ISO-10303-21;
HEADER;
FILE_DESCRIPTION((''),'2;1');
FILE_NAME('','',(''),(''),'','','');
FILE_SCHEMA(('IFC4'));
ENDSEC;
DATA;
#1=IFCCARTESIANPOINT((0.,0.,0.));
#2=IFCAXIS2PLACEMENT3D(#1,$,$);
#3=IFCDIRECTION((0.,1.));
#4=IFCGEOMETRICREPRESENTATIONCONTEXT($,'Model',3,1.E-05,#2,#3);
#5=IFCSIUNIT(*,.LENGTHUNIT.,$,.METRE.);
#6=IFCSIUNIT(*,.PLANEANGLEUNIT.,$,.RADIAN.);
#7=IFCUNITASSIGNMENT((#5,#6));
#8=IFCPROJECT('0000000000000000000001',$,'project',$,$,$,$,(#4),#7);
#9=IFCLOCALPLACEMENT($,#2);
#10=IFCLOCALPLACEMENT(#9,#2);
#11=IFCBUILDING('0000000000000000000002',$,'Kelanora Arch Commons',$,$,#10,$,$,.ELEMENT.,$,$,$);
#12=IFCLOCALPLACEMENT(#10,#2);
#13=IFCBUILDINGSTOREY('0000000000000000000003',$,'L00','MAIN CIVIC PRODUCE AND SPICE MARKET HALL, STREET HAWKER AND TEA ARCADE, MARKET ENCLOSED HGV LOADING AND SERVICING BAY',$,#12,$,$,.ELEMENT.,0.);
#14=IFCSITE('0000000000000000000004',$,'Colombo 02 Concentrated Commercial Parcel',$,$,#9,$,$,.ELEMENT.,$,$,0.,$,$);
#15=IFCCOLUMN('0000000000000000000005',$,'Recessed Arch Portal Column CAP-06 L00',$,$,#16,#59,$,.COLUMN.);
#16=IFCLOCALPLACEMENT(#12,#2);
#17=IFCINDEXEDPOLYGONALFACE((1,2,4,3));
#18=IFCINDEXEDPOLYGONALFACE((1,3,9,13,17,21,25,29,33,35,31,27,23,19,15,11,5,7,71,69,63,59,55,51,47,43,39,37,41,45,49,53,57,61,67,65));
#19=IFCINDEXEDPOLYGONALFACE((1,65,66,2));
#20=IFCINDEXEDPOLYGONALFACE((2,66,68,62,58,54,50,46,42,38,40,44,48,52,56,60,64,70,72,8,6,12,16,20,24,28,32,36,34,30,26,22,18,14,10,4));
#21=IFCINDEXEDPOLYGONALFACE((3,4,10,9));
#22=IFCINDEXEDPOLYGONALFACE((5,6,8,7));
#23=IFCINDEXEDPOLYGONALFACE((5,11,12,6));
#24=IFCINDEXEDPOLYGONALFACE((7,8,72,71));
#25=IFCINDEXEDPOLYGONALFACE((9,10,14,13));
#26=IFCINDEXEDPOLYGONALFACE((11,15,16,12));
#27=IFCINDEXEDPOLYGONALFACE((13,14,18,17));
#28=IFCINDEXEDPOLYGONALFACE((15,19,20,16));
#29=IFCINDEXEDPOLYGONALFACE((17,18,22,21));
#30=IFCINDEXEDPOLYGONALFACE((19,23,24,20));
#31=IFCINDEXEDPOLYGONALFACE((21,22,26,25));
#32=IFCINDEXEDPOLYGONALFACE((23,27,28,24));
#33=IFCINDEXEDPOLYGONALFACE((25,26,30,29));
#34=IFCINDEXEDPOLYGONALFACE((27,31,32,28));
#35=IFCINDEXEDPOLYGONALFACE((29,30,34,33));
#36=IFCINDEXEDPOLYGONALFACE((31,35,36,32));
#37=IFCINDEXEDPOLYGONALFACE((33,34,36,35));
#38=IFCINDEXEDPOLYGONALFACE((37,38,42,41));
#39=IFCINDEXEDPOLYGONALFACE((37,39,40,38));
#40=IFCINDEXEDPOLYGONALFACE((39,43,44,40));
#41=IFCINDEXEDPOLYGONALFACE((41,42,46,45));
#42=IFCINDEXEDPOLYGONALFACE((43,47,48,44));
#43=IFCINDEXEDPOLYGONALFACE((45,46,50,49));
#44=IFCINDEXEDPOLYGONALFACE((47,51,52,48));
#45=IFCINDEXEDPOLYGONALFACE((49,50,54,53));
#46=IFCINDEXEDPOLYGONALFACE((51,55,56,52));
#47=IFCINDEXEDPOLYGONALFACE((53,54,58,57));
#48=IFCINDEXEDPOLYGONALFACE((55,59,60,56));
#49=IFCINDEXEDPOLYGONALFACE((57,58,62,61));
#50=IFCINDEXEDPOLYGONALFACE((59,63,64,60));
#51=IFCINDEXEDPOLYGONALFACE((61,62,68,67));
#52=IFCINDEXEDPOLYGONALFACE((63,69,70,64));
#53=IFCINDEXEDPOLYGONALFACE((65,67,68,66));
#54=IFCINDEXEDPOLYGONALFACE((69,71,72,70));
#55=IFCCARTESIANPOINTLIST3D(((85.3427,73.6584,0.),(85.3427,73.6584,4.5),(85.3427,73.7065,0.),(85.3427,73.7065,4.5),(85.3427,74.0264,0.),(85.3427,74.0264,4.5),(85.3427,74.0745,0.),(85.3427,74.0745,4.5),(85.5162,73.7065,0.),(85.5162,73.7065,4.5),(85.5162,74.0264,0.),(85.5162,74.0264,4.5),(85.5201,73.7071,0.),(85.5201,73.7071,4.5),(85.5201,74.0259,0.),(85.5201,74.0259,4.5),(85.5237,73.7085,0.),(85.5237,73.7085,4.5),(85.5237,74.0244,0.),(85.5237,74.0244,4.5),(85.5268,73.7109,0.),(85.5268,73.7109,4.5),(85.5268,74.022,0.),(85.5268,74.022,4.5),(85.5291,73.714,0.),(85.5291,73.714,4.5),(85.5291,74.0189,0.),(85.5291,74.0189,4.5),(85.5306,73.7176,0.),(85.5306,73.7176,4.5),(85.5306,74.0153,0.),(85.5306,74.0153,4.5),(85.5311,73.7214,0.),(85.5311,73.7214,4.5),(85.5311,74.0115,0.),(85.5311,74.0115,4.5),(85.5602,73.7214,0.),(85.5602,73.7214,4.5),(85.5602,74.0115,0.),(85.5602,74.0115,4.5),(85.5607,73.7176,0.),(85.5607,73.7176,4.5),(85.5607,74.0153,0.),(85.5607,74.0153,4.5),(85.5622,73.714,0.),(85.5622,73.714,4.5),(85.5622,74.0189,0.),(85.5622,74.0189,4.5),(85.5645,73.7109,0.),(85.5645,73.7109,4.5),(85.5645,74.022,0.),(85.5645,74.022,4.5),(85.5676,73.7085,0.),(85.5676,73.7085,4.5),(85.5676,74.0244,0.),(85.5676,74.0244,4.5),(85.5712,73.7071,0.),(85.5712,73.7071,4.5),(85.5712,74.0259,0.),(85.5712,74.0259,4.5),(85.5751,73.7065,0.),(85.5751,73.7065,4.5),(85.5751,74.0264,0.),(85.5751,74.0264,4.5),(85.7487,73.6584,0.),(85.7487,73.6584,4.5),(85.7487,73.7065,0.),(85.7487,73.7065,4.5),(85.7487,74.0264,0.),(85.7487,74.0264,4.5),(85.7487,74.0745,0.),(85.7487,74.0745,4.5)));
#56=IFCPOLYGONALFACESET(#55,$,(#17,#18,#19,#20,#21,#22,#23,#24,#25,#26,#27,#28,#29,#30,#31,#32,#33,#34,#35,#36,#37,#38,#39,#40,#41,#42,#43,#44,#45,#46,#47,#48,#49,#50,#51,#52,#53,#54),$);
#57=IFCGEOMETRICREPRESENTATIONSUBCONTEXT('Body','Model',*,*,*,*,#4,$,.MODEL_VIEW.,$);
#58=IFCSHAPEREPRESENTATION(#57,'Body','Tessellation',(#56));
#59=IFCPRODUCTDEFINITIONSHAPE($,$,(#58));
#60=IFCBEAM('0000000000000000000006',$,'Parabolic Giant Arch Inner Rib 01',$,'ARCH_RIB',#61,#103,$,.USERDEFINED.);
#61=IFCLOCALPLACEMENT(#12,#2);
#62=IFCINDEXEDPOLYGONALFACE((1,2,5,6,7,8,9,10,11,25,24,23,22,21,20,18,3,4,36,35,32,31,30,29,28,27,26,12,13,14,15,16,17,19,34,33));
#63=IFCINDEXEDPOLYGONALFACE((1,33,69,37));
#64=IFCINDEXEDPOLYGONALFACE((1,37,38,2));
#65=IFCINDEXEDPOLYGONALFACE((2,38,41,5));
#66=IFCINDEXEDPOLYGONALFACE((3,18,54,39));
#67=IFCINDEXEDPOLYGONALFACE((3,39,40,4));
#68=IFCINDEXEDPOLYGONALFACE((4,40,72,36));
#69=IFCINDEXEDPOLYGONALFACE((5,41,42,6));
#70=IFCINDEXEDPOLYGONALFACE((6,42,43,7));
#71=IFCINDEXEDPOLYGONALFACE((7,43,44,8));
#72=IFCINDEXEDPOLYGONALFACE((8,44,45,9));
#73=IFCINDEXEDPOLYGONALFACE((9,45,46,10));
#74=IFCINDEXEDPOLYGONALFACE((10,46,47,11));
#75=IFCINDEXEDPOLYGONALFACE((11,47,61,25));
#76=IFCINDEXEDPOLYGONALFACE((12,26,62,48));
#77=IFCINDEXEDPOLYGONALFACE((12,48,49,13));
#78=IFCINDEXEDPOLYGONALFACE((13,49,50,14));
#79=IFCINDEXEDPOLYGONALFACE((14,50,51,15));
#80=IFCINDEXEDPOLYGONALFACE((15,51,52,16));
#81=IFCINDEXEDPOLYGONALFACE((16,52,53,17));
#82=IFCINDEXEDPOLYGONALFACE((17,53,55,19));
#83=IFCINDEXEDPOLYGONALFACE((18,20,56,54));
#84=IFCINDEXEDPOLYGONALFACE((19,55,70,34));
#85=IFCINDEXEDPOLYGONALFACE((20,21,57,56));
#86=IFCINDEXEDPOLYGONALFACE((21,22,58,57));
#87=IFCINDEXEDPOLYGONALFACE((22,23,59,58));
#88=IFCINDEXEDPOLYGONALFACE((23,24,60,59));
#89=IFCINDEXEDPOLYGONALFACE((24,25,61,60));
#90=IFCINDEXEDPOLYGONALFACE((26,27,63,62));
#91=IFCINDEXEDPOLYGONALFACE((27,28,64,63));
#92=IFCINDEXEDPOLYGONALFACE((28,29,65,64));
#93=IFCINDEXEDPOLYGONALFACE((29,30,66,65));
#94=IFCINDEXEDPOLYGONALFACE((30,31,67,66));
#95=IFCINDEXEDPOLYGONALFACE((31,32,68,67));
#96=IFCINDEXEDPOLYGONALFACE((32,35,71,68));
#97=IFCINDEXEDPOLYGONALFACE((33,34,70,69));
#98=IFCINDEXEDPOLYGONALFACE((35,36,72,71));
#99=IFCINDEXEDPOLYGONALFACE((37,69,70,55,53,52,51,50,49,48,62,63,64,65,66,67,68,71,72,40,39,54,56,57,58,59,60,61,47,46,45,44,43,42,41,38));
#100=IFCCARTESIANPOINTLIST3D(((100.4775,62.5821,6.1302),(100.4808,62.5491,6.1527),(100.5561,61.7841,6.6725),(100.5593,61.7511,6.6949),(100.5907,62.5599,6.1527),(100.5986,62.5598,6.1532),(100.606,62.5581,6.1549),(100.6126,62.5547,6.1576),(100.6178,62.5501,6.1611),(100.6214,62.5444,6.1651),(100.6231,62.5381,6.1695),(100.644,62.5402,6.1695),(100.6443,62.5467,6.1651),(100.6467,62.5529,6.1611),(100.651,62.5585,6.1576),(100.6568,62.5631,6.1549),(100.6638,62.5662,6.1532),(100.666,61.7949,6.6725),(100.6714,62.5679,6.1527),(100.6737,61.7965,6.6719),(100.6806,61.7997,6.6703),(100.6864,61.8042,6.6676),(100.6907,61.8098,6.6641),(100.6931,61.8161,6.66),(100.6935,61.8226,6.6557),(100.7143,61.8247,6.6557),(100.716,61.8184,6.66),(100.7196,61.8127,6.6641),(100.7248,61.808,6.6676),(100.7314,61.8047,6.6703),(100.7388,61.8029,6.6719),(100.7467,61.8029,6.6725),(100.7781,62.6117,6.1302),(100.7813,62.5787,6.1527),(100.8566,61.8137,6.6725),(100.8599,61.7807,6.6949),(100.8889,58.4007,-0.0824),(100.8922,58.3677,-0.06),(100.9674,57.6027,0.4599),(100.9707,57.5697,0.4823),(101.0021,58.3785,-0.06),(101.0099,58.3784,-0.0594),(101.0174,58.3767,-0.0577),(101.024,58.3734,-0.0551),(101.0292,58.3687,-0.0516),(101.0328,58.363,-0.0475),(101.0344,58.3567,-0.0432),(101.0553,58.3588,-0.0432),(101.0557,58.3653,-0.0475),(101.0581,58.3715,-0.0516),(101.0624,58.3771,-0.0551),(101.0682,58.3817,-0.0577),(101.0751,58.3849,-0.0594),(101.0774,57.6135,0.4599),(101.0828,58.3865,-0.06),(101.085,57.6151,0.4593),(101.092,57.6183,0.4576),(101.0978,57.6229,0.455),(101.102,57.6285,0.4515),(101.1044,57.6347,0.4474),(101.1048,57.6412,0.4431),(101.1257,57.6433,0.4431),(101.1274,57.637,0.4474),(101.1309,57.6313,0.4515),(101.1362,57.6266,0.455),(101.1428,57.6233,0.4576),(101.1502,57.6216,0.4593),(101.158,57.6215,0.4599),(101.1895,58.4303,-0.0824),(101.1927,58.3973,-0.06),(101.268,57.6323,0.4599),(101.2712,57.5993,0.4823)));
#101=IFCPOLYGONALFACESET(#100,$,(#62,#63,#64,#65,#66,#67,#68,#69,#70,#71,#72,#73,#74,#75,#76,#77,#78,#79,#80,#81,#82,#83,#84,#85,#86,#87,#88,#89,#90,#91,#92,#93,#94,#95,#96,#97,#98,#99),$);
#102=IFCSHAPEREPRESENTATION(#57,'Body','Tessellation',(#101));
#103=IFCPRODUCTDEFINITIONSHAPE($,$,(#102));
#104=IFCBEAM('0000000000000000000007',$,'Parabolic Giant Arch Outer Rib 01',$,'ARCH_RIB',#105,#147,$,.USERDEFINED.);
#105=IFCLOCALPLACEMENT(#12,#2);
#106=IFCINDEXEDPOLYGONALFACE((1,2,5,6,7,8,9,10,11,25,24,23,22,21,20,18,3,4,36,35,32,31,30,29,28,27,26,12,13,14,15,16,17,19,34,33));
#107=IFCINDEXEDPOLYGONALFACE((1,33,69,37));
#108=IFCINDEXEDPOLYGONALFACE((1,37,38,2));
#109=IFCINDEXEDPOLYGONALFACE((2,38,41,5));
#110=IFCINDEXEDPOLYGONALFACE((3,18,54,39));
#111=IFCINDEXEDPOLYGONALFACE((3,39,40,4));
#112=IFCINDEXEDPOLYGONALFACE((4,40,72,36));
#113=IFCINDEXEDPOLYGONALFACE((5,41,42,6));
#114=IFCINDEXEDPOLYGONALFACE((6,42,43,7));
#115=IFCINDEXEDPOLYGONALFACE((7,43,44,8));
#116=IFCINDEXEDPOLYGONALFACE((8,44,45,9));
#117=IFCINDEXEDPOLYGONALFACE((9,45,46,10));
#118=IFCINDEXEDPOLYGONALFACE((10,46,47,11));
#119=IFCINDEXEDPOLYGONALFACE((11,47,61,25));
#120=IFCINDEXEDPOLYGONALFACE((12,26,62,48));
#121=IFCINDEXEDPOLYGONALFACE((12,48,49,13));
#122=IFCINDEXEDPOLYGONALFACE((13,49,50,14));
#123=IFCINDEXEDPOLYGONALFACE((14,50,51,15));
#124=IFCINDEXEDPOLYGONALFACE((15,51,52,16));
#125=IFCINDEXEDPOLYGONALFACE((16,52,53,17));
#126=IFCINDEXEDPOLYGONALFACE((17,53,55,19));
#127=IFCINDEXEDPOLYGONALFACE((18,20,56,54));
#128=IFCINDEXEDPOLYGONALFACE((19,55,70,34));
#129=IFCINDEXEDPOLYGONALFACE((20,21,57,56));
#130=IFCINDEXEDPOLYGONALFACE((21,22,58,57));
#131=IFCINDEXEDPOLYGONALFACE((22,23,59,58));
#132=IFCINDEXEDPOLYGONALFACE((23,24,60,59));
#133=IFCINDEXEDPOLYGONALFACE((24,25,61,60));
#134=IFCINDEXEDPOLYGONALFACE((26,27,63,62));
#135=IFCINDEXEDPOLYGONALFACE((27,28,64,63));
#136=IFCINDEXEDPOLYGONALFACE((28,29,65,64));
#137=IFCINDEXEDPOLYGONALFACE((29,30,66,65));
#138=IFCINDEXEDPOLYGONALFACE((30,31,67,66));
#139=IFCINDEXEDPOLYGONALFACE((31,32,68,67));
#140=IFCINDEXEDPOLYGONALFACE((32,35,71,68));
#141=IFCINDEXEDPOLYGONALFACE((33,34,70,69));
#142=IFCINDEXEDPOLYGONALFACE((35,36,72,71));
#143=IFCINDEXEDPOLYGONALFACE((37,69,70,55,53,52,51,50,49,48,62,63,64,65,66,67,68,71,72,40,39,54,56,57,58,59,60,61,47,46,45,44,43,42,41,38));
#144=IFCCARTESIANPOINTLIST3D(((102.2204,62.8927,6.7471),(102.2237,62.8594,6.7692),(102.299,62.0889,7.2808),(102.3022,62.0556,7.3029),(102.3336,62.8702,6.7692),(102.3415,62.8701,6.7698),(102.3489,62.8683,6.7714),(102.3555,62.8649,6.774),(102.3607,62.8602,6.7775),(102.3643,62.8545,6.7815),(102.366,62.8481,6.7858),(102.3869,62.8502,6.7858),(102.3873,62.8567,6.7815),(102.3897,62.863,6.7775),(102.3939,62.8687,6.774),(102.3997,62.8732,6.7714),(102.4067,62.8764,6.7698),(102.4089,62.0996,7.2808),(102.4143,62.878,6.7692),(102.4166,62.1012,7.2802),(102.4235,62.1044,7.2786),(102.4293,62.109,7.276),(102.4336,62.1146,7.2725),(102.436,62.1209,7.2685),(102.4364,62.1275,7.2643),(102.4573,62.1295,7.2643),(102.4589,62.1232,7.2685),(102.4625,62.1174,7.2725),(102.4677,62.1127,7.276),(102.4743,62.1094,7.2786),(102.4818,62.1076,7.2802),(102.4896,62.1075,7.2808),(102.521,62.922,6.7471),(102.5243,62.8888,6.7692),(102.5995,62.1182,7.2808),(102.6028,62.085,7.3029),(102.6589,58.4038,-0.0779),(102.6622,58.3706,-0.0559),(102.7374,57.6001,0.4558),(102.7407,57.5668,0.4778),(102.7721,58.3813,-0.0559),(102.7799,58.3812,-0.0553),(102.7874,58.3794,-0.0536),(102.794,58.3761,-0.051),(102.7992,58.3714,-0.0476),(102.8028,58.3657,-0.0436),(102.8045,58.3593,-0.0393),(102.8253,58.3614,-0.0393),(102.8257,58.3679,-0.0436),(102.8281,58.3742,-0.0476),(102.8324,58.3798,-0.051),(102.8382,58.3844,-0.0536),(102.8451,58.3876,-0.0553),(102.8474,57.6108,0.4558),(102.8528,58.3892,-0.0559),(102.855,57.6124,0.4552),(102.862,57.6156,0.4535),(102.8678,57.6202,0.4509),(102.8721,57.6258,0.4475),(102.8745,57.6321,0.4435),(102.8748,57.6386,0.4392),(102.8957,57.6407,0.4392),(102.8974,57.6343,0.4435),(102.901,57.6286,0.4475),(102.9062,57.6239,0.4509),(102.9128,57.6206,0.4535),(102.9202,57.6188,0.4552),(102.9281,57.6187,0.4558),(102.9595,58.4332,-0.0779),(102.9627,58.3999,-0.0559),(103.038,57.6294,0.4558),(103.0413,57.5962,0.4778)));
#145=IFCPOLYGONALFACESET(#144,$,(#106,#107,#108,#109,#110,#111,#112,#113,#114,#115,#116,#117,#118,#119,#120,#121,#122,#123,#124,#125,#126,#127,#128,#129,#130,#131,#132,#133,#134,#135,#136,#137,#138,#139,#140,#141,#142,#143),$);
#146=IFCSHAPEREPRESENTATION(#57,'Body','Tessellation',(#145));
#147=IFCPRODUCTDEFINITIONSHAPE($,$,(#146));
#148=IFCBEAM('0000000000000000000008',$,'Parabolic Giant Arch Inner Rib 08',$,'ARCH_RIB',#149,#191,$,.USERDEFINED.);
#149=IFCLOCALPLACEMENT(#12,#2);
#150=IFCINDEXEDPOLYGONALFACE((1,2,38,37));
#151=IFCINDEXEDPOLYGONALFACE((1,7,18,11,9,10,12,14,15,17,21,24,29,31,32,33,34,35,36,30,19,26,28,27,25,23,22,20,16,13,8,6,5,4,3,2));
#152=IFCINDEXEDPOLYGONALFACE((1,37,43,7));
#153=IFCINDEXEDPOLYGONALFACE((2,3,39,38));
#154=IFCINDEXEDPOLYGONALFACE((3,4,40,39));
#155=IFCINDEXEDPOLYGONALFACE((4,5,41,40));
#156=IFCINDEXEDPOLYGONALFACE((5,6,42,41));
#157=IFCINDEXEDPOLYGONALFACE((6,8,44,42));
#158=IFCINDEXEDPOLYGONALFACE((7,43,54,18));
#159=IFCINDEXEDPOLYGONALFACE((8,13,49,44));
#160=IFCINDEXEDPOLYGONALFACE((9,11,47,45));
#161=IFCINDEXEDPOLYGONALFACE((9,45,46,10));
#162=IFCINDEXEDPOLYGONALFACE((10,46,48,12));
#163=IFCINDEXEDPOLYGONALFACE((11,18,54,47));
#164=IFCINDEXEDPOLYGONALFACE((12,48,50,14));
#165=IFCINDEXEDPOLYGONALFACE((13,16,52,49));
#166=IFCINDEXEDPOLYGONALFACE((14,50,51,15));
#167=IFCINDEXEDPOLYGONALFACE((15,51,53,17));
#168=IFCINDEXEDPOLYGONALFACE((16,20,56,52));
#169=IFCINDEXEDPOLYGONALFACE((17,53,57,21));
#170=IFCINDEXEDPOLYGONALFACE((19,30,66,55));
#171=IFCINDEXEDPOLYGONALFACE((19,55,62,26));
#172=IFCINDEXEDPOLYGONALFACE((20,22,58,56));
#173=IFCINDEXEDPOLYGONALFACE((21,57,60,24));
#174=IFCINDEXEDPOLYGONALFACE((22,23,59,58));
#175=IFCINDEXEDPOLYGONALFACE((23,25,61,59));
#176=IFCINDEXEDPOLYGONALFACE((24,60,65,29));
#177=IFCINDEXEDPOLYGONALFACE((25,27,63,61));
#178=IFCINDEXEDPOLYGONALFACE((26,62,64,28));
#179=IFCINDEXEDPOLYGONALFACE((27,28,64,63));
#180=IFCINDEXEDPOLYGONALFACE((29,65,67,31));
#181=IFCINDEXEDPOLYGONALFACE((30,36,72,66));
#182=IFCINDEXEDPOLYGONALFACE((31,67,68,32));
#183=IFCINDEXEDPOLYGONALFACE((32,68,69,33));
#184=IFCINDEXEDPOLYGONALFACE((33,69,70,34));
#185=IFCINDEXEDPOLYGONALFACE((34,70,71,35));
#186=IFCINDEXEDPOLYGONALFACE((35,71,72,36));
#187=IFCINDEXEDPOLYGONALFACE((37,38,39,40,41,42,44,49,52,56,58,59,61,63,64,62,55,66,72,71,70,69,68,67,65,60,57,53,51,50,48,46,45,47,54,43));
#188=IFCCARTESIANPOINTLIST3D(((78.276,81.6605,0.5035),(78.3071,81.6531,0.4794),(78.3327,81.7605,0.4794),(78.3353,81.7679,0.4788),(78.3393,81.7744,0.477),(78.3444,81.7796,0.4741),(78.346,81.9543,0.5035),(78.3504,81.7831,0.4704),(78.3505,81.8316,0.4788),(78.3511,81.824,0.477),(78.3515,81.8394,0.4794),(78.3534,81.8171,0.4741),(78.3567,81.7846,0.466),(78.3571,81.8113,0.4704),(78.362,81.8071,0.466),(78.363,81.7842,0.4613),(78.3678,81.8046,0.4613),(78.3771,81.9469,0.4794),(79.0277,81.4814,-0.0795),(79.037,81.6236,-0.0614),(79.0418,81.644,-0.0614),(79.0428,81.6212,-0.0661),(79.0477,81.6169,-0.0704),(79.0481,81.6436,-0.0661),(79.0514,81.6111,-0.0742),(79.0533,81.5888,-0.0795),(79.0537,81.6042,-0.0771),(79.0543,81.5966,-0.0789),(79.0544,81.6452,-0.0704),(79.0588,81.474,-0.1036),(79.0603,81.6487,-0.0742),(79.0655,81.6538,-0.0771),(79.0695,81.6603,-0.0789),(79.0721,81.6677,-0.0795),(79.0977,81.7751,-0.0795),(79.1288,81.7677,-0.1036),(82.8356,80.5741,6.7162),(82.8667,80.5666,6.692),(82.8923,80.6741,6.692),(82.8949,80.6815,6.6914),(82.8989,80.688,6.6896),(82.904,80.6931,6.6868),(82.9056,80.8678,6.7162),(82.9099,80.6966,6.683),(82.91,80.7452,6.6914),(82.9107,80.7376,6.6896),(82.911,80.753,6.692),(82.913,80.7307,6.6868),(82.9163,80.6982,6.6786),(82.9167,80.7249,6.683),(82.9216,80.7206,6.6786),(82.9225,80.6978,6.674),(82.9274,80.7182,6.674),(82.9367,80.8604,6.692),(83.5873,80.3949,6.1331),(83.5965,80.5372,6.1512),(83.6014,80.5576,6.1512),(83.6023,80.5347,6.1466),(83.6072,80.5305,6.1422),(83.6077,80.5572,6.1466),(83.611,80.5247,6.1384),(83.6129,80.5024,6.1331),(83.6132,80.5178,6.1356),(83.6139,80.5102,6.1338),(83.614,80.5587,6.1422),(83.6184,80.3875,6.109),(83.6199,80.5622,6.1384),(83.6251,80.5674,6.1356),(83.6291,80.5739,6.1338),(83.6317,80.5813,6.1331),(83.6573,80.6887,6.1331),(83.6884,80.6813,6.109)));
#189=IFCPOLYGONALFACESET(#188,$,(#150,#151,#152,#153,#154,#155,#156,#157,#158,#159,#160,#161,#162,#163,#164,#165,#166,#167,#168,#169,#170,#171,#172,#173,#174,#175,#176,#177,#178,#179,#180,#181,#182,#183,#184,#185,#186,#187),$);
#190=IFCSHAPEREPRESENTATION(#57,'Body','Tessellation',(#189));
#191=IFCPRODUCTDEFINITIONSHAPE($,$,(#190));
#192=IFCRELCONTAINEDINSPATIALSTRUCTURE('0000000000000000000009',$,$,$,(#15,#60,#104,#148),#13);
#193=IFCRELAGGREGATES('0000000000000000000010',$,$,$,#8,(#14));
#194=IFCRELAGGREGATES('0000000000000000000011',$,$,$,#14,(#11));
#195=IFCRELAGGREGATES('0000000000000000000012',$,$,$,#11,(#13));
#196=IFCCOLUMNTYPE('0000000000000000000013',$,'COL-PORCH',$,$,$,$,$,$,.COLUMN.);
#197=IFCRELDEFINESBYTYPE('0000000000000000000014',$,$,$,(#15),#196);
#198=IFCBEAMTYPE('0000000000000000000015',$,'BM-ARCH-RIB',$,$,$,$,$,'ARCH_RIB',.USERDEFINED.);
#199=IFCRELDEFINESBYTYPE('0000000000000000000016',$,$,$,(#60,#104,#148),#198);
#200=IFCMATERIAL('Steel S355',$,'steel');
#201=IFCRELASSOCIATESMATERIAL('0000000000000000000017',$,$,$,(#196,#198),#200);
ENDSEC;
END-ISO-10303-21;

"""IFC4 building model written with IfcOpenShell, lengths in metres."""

from ifc_helpers import new_model, si_unit, direction, frame, origin, origin_2d, place, context, subcontext, project, spatial, i_section, extrude, material, material_profile, profile_set, type_object, element, save


model = new_model("IFC4")

# Units and contexts
model_context = context("Model", 3, precision=1e-05, world=origin(), true_north=direction((0.0, 1.0)))
body_context = subcontext(model_context, "Body", "Model", "MODEL_VIEW")
ifc_project = project(units=[si_unit("LENGTHUNIT", "METRE"), si_unit("PLANEANGLEUNIT", "RADIAN")], contexts=[model_context])

# Site, building, storey
site_placement = place(None, origin())
site = spatial("IfcSite", under=ifc_project, at=site_placement, Name="Colombo 02 Concentrated Commercial Parcel", CompositionType="ELEMENT", RefElevation=0.0)
building_placement = place(site_placement, origin())
building = spatial("IfcBuilding", under=site, at=building_placement, Name="Kelanora Arch Commons", CompositionType="ELEMENT")
storey_placement = place(building_placement, origin())
storey = spatial("IfcBuildingStorey", under=building, at=storey_placement, Name="L00", Description="MAIN CIVIC PRODUCE AND SPICE MARKET HALL, STREET HAWKER AND TEA ARCADE, MARKET ENCLOSED HGV LOADING AND SERVICING BAY", CompositionType="ELEMENT", Elevation=0.0)

# Column
ifc_material_1 = material(Name="Steel S355", Category="steel")
ifc_material_profile_1 = material_profile(ifc_material_1, i_section(OverallWidth=0.406, OverallDepth=0.416, WebThickness=0.0291, FlangeThickness=0.0481, FilletRadius=0.0149, at=origin_2d()), Name="HD400x382")
ifc_profile_set_1 = profile_set([ifc_material_profile_1], Name="Steel S355")
column_type_1 = type_object("IfcColumnType", Name="COL-PORCH", PredefinedType="COLUMN", material=ifc_profile_set_1)
for number, where, z_axis, x_axis, name in (
    (1, (85.5457, 73.8665, 0.0), (0.0, 0.0, 1.0), (1.0, 0.0, 0.0), "Recessed Arch Portal Column CAP-06 L00"),
):
    element("IfcColumn", number, at=place(storey_placement, frame(where, z_axis=z_axis, x_axis=x_axis)), inside=storey, type_object=column_type_1, Name=name, PredefinedType="COLUMN", context=body_context, shape_type="SweptSolid", body=[
        extrude(i_section(OverallWidth=0.406, OverallDepth=0.416, WebThickness=0.0291, FlangeThickness=0.0481, FilletRadius=0.0149, at=origin_2d()), origin(), (0.0, 0.0, 1.0), 4.5),
    ])

# Beams
ifc_material_profile_2 = material_profile(ifc_material_1, i_section(OverallWidth=0.302, OverallDepth=1.0081, WebThickness=0.021, FlangeThickness=0.04, FilletRadius=0.03, at=origin_2d()), Name="HEM1000")
ifc_profile_set_2 = profile_set([ifc_material_profile_2], Name="Steel S355")
beam_type_1 = type_object("IfcBeamType", Name="BM-ARCH-RIB", ElementType="ARCH_RIB", PredefinedType="USERDEFINED", material=ifc_profile_set_2)
beam_1_placement = place(storey_placement, frame((101.0801, 58.0, 0.2), z_axis=(-0.05485, 0.557518, 0.828351), x_axis=(-0.995195, -0.09791, 0.0)))
element("IfcBeam", 2, at=beam_1_placement, inside=storey, type_object=beam_type_1, Name="Parabolic Giant Arch Inner Rib 01", ObjectType="ARCH_RIB", PredefinedType="USERDEFINED", context=body_context, shape_type="SweptSolid", body=[
    extrude(i_section(OverallWidth=0.302, OverallDepth=1.0081, WebThickness=0.021, FlangeThickness=0.04, FilletRadius=0.03, at=origin_2d()), origin(), (0.0, 0.0, 1.0), 7.5),
])
beam_2_placement = place(storey_placement, frame((102.8501, 58.0, 0.2), z_axis=(-0.0536, 0.548713, 0.834291), x_axis=(-0.995263, -0.09722, 0.0)))
element("IfcBeam", 3, at=beam_2_placement, inside=storey, type_object=beam_type_1, Name="Parabolic Giant Arch Outer Rib 01", ObjectType="ARCH_RIB", PredefinedType="USERDEFINED", context=body_context, shape_type="SweptSolid", body=[
    extrude(i_section(OverallWidth=0.302, OverallDepth=1.0081, WebThickness=0.021, FlangeThickness=0.04, FilletRadius=0.03, at=origin_2d()), origin(), (0.0, 0.0, 1.0), 8.1807),
])
beam_3_placement = place(storey_placement, frame((83.262, 80.6277, 6.4126), z_axis=(-0.585876, 0.139599, -0.798286), x_axis=(-0.231785, -0.972767, 0.0)))
element("IfcBeam", 4, at=beam_3_placement, inside=storey, type_object=beam_type_1, Name="Parabolic Giant Arch Inner Rib 08", ObjectType="ARCH_RIB", PredefinedType="USERDEFINED", context=body_context, shape_type="SweptSolid", body=[
    extrude(i_section(OverallWidth=0.302, OverallDepth=1.0081, WebThickness=0.021, FlangeThickness=0.04, FilletRadius=0.03, at=origin_2d()), origin(), (0.0, 0.0, 1.0), 7.7825),
])

save(model, "model.ifc")
